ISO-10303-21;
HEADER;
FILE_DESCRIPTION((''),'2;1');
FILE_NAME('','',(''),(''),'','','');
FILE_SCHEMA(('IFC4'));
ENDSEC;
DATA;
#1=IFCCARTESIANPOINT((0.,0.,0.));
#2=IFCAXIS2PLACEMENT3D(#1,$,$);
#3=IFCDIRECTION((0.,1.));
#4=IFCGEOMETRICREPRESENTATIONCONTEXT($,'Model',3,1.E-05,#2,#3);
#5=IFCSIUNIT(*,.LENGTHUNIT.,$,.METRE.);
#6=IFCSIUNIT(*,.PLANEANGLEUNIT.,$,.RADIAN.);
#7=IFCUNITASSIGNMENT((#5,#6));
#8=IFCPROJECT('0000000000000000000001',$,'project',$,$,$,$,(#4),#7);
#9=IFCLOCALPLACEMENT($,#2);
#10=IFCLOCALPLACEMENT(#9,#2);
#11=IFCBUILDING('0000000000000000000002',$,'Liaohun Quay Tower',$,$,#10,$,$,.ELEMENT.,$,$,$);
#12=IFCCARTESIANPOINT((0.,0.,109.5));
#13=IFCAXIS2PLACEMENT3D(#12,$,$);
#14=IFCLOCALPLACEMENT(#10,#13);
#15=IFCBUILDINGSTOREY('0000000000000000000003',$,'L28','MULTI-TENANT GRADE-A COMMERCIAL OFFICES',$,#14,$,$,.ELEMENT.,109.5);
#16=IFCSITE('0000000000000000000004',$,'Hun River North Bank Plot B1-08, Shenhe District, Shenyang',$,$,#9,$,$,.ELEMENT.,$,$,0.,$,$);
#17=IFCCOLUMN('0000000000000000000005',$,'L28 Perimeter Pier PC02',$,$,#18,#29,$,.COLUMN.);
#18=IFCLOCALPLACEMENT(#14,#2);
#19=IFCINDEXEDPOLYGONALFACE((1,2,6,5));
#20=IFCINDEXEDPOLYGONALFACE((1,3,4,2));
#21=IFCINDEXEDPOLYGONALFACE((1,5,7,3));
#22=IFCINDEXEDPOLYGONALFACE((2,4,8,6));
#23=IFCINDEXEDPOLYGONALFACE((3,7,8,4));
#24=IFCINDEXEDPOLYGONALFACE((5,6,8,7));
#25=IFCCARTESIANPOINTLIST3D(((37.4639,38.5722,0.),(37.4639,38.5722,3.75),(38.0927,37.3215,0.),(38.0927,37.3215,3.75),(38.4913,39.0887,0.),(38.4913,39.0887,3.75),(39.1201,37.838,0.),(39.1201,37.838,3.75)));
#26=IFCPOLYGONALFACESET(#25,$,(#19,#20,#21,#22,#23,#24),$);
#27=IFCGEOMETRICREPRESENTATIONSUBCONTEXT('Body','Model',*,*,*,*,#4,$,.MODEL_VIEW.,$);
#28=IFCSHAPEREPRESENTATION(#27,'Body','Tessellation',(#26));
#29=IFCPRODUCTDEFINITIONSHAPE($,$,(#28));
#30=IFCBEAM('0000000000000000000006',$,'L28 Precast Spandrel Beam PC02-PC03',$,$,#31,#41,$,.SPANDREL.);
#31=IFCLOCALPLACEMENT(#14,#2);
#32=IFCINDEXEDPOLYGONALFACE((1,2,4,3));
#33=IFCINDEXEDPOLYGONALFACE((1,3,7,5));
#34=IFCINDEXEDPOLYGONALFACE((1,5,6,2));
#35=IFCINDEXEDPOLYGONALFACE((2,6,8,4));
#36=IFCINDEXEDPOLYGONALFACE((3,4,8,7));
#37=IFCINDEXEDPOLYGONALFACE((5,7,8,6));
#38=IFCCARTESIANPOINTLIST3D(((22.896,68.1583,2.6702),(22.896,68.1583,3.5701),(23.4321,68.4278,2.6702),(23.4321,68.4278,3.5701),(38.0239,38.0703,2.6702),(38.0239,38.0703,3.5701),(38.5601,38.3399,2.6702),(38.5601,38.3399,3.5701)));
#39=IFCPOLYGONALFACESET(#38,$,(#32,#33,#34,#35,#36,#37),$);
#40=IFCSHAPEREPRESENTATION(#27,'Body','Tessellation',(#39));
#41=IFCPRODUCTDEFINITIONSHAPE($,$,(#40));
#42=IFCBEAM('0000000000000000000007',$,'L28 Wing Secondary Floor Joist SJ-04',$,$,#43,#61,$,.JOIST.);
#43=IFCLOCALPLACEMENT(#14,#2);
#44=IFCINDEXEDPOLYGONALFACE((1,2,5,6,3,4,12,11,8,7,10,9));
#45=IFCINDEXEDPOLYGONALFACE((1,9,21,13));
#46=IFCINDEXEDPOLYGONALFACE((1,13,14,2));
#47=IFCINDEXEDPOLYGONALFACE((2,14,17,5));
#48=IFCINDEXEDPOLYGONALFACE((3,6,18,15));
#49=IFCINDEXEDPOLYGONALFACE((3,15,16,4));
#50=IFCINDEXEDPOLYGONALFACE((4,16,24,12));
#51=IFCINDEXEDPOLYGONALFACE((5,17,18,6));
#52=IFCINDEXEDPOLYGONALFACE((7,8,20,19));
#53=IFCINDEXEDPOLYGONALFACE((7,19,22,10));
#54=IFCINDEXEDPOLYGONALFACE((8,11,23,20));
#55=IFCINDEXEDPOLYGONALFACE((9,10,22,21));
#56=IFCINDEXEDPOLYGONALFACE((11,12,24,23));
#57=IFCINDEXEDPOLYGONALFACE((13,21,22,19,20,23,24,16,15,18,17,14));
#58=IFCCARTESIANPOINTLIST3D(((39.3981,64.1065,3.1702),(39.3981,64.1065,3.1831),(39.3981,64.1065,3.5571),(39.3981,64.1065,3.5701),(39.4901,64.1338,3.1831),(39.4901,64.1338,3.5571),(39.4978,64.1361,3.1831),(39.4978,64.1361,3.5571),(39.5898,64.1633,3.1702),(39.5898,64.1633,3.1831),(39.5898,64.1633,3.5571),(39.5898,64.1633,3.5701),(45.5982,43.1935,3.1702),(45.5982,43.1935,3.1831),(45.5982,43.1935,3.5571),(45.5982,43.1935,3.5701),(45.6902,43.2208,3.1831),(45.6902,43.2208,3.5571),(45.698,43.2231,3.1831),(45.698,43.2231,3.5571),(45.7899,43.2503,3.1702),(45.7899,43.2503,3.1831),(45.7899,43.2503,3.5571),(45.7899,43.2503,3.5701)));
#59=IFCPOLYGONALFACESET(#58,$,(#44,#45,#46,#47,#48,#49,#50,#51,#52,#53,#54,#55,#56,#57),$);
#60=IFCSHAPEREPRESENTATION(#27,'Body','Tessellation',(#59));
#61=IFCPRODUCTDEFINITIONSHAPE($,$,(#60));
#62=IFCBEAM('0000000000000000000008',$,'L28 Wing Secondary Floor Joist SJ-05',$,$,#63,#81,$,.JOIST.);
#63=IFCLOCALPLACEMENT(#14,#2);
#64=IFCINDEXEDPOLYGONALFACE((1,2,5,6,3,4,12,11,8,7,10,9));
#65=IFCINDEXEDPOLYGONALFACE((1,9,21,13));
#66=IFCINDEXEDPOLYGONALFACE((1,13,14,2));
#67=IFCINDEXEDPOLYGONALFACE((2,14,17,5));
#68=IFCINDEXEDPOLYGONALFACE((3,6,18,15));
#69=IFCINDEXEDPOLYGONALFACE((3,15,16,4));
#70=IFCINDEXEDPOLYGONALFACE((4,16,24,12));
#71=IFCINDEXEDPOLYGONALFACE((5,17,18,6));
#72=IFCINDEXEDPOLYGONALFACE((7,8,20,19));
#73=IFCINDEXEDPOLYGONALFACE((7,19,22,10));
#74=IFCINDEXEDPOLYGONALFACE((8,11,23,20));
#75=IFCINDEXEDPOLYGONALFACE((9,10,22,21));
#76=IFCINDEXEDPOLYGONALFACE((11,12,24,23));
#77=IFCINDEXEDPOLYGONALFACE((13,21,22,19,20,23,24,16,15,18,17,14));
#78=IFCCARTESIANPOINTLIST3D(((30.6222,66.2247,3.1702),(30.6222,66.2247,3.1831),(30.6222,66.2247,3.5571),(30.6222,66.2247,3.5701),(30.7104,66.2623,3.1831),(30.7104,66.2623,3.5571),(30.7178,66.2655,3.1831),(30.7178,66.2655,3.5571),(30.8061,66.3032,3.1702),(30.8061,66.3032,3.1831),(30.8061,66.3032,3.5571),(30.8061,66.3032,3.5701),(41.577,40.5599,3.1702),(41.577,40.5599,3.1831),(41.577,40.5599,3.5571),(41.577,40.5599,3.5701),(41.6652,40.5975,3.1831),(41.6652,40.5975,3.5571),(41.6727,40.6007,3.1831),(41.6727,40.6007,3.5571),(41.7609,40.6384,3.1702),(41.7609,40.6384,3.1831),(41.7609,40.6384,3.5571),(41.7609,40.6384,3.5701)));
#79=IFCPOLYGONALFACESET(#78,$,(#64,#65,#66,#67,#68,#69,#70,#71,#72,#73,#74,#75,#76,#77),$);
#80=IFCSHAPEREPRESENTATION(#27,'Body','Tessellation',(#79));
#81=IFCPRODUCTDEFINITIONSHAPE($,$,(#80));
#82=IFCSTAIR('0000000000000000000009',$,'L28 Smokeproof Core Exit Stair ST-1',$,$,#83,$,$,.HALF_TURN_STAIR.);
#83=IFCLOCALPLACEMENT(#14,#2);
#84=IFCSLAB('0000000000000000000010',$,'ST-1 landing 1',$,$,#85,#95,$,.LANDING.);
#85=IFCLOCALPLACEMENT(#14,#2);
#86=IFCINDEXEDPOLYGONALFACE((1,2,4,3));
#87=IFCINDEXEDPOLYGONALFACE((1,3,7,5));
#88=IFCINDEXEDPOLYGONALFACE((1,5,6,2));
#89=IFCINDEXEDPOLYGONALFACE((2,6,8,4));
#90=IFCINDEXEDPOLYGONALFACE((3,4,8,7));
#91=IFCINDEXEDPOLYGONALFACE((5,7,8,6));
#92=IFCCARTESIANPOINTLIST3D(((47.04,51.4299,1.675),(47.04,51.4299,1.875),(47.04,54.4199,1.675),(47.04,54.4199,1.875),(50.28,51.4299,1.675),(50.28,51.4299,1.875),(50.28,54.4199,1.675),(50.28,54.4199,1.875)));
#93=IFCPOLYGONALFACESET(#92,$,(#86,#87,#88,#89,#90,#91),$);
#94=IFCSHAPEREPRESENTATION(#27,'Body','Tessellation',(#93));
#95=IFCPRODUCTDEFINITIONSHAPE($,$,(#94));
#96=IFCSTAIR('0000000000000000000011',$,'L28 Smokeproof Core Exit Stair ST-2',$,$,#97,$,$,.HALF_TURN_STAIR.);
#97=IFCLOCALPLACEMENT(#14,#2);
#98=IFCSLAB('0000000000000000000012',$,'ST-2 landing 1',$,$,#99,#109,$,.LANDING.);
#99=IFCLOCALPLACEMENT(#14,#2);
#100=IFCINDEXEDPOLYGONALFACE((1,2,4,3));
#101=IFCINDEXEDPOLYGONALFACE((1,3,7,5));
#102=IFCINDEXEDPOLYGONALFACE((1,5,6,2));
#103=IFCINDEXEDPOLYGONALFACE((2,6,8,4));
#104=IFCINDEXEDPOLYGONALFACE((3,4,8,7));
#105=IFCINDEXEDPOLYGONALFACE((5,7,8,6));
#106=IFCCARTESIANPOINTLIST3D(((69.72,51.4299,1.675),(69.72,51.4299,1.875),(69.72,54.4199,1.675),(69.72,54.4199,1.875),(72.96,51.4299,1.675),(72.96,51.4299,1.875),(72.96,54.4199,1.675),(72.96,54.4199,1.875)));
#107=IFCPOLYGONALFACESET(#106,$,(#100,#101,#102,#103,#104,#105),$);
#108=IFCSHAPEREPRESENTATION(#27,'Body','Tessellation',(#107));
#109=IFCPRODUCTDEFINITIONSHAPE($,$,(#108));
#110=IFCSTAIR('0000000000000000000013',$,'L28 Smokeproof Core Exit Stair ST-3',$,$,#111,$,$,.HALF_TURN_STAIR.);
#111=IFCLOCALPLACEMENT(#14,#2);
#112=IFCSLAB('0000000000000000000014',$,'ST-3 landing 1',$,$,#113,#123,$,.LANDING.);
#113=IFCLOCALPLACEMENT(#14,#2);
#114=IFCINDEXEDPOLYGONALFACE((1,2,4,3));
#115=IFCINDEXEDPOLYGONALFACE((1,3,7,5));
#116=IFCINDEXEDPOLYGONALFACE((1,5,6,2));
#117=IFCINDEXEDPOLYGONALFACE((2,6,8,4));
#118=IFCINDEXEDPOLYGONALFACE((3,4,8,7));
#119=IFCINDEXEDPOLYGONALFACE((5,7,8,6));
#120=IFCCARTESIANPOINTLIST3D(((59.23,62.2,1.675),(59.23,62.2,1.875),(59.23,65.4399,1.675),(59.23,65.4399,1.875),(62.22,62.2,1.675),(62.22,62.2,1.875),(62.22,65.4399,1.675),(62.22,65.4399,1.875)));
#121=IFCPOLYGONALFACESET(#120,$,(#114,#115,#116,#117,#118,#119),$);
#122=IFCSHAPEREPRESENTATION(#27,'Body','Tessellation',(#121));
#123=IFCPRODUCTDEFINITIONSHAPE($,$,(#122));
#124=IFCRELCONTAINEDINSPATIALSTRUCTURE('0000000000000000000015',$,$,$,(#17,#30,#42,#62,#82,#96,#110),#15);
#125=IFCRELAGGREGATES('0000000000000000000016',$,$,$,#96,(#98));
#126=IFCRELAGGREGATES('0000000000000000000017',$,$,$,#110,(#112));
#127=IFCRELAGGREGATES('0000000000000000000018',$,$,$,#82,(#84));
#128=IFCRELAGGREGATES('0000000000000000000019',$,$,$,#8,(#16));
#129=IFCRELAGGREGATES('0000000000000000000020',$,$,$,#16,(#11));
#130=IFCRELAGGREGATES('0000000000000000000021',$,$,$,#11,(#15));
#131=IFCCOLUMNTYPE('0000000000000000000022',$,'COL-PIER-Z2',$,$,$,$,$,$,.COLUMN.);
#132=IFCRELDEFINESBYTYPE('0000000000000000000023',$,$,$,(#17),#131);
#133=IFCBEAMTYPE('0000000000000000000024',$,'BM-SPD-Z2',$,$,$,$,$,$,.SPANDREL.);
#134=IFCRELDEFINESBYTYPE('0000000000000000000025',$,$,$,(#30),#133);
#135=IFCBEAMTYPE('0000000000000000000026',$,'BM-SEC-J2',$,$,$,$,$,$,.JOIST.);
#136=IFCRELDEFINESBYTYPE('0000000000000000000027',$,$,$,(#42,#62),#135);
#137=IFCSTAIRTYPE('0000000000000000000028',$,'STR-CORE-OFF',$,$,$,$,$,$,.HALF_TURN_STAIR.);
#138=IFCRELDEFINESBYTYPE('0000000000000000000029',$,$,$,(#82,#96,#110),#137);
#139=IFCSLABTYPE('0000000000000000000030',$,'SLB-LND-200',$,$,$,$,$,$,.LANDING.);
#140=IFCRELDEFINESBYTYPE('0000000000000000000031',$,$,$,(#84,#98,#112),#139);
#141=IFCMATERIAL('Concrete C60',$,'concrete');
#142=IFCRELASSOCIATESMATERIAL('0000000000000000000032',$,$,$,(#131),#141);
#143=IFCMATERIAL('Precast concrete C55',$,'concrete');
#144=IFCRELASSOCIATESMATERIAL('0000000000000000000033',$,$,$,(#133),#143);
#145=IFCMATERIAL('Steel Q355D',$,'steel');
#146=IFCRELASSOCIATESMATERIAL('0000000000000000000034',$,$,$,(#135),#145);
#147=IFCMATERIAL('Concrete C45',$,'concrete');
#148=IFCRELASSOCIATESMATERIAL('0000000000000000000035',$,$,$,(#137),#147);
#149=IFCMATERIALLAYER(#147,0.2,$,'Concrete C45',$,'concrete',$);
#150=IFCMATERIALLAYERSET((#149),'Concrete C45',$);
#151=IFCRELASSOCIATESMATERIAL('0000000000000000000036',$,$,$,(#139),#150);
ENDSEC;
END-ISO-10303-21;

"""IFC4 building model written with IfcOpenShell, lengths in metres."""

from ifc_helpers import new_model, si_unit, direction, frame, origin, origin_2d, place, context, subcontext, project, spatial, polyline, rectangle, i_section, outline, extrude, source, transform, mapped, material, layer, layer_set, material_profile, profile_set, type_object, element, aggregate, save


model = new_model("IFC4")

# Units and contexts
model_context = context("Model", 3, precision=1e-05, world=origin(), true_north=direction((0.0, 1.0)))
body_context = subcontext(model_context, "Body", "Model", "MODEL_VIEW")
ifc_project = project(units=[si_unit("LENGTHUNIT", "METRE"), si_unit("PLANEANGLEUNIT", "RADIAN")], contexts=[model_context])

# Site, building, storey
site_placement = place(None, origin())
site = spatial("IfcSite", under=ifc_project, at=site_placement, Name="Hun River North Bank Plot B1-08, Shenhe District, Shenyang", CompositionType="ELEMENT", RefElevation=0.0)
building_placement = place(site_placement, origin())
building = spatial("IfcBuilding", under=site, at=building_placement, Name="Liaohun Quay Tower", CompositionType="ELEMENT")
storey_placement = place(building_placement, frame((0.0, 0.0, 109.5)))
storey = spatial("IfcBuildingStorey", under=building, at=storey_placement, Name="L28", Description="MULTI-TENANT GRADE-A COMMERCIAL OFFICES", CompositionType="ELEMENT", Elevation=109.5)

# Column
ifc_material_1 = material(Name="Concrete C60", Category="concrete")
ifc_material_profile_1 = material_profile(ifc_material_1, rectangle(XDim=1.3999, YDim=1.1499, at=origin_2d()), Name="RC1400x1150")
ifc_profile_set_1 = profile_set([ifc_material_profile_1], Name="Concrete C60")
column_type = type_object("IfcColumnType", Name="COL-PIER-Z2", PredefinedType="COLUMN", material=ifc_profile_set_1)
shared_shape_1 = source(origin(), body_context, "Body", "SweptSolid", [
    extrude(rectangle(XDim=1.3999, YDim=1.1499, at=origin_2d()), origin(), (0.0, 0.0, 1.0), 3.75),
])
column_placement = place(storey_placement, frame((38.292, 38.2051, 0.0), z_axis=(0.0, 0.0, 1.0), x_axis=(-0.449163, 0.89345, 0.0)))
element("IfcColumn", 1, at=column_placement, inside=storey, type_object=column_type, Name="L28 Perimeter Pier PC02", PredefinedType="COLUMN", context=body_context, shape_type="MappedRepresentation", body=[
    mapped(shared_shape_1, transform((0.0, 0.0, 0.0), x_axis=(1.0, 0.0, 0.0), y_axis=(0.0, 1.0, 0.0), z_axis=(0.0, 0.0, 1.0), scale=1.0)),
])

# Beams
ifc_material_2 = material(Name="Precast concrete C55", Category="concrete")
ifc_material_profile_2 = material_profile(ifc_material_2, rectangle(XDim=0.6001, YDim=0.8999, at=origin_2d()), Name="RC600x900")
ifc_profile_set_2 = profile_set([ifc_material_profile_2], Name="Precast concrete C55")
beam_type_1 = type_object("IfcBeamType", Name="BM-SPD-Z2", PredefinedType="SPANDREL", material=ifc_profile_set_2)
shared_shape_2 = source(origin(), body_context, "Body", "SweptSolid", [
    extrude(rectangle(XDim=0.6001, YDim=0.8999, at=origin_2d()), origin(), (0.0, 0.0, 1.0), 33.677),
])
beam_1_placement = place(storey_placement, frame((38.292, 38.2051, 3.1201), z_axis=(-0.449208, 0.893427, 0.0), x_axis=(-0.893427, -0.449208, 0.0)))
element("IfcBeam", 2, at=beam_1_placement, inside=storey, type_object=beam_type_1, Name="L28 Precast Spandrel Beam PC02-PC03", PredefinedType="SPANDREL", context=body_context, shape_type="MappedRepresentation", body=[
    mapped(shared_shape_2, transform((0.0, 0.0, 0.0), x_axis=(1.0, 0.0, 0.0), y_axis=(0.0, 1.0, 0.0), z_axis=(0.0, 0.0, 1.0), scale=1.0)),
])
ifc_material_3 = material(Name="Steel Q355D", Category="steel")
ifc_material_profile_3 = material_profile(ifc_material_3, i_section(OverallWidth=0.2, OverallDepth=0.3999, WebThickness=0.0081, FlangeThickness=0.0129, at=origin_2d()), Name="HN400x200x8x13")
ifc_profile_set_3 = profile_set([ifc_material_profile_3], Name="Steel Q355D")
beam_type_2 = type_object("IfcBeamType", Name="BM-SEC-J2", PredefinedType="JOIST", material=ifc_profile_set_3)
shared_shape_3 = source(origin(), body_context, "Body", "SweptSolid", [
    extrude(i_section(OverallWidth=0.2, OverallDepth=0.3999, WebThickness=0.0081, FlangeThickness=0.0129, at=origin_2d()), origin(), (0.0, 0.0, 1.0), 21.8127),
])
beam_2_placement = place(storey_placement, frame((45.6941, 43.2219, 3.3701), z_axis=(-0.284245, 0.958752, 0.0), x_axis=(-0.958752, -0.284245, 0.0)))
element("IfcBeam", 3, at=beam_2_placement, inside=storey, type_object=beam_type_2, Name="L28 Wing Secondary Floor Joist SJ-04", PredefinedType="JOIST", context=body_context, shape_type="MappedRepresentation", body=[
    mapped(shared_shape_3, transform((0.0, 0.0, 0.0), x_axis=(1.0, 0.0, 0.0), y_axis=(0.0, 1.0, 0.0), z_axis=(0.0, 0.0, 1.0), scale=1.0)),
])
shared_shape_4 = source(origin(), body_context, "Body", "SweptSolid", [
    extrude(i_section(OverallWidth=0.2, OverallDepth=0.3999, WebThickness=0.0081, FlangeThickness=0.0129, at=origin_2d()), origin(), (0.0, 0.0, 1.0), 27.905),
])
beam_3_placement = place(storey_placement, frame((41.6689, 40.5991, 3.3701), z_axis=(-0.392576, 0.91972, 0.0), x_axis=(-0.91972, -0.392576, 0.0)))
element("IfcBeam", 4, at=beam_3_placement, inside=storey, type_object=beam_type_2, Name="L28 Wing Secondary Floor Joist SJ-05", PredefinedType="JOIST", context=body_context, shape_type="MappedRepresentation", body=[
    mapped(shared_shape_4, transform((0.0, 0.0, 0.0), x_axis=(1.0, 0.0, 0.0), y_axis=(0.0, 1.0, 0.0), z_axis=(0.0, 0.0, 1.0), scale=1.0)),
])

# Stairs, slabs
ifc_material_4 = material(Name="Concrete C45", Category="concrete")
stair_type = type_object("IfcStairType", Name="STR-CORE-OFF", PredefinedType="HALF_TURN_STAIR", material=ifc_material_4)
stair_1_placement = place(storey_placement, origin())
stair_1 = element("IfcStair", 5, at=stair_1_placement, inside=storey, type_object=stair_type, Name="L28 Smokeproof Core Exit Stair ST-1", PredefinedType="HALF_TURN_STAIR")
ifc_layer_1 = layer(ifc_material_4, 0.2, Name="Concrete C45", Category="concrete")
ifc_layer_set_1 = layer_set([ifc_layer_1], Name="Concrete C45")
slab_type_1 = type_object("IfcSlabType", Name="SLB-LND-200", PredefinedType="LANDING", material=ifc_layer_set_1)
slab_1_placement = place(storey_placement, frame((0.0, 0.0, 1.675)))
slab_1 = element("IfcSlab", 6, at=slab_1_placement, type_object=slab_type_1, Name="ST-1 landing 1", PredefinedType="LANDING", context=body_context, shape_type="SweptSolid", body=[
    extrude(outline(polyline([(50.28, 51.4299), (50.28, 54.4199), (47.04, 54.4199), (47.04, 51.4299), (50.28, 51.4299)])), origin(), (0.0, 0.0, 1.0), 0.2),
])
stair_2_placement = place(storey_placement, origin())
stair_2 = element("IfcStair", 7, at=stair_2_placement, inside=storey, type_object=stair_type, Name="L28 Smokeproof Core Exit Stair ST-2", PredefinedType="HALF_TURN_STAIR")
slab_2_placement = place(storey_placement, frame((0.0, 0.0, 1.675)))
slab_2 = element("IfcSlab", 8, at=slab_2_placement, type_object=slab_type_1, Name="ST-2 landing 1", PredefinedType="LANDING", context=body_context, shape_type="SweptSolid", body=[
    extrude(outline(polyline([(72.96, 51.4299), (72.96, 54.4199), (69.72, 54.4199), (69.72, 51.4299), (72.96, 51.4299)])), origin(), (0.0, 0.0, 1.0), 0.2),
])
aggregate(stair_2, [slab_2])
stair_3_placement = place(storey_placement, origin())
stair_3 = element("IfcStair", 9, at=stair_3_placement, inside=storey, type_object=stair_type, Name="L28 Smokeproof Core Exit Stair ST-3", PredefinedType="HALF_TURN_STAIR")
slab_3_placement = place(storey_placement, frame((0.0, 0.0, 1.675)))
slab_3 = element("IfcSlab", 10, at=slab_3_placement, type_object=slab_type_1, Name="ST-3 landing 1", PredefinedType="LANDING", context=body_context, shape_type="SweptSolid", body=[
    extrude(outline(polyline([(59.23, 62.2), (62.22, 62.2), (62.22, 65.4399), (59.23, 65.4399), (59.23, 62.2)])), origin(), (0.0, 0.0, 1.0), 0.2),
])
aggregate(stair_3, [slab_3])

aggregate(stair_1, [slab_1])

save(model, "model.ifc")
